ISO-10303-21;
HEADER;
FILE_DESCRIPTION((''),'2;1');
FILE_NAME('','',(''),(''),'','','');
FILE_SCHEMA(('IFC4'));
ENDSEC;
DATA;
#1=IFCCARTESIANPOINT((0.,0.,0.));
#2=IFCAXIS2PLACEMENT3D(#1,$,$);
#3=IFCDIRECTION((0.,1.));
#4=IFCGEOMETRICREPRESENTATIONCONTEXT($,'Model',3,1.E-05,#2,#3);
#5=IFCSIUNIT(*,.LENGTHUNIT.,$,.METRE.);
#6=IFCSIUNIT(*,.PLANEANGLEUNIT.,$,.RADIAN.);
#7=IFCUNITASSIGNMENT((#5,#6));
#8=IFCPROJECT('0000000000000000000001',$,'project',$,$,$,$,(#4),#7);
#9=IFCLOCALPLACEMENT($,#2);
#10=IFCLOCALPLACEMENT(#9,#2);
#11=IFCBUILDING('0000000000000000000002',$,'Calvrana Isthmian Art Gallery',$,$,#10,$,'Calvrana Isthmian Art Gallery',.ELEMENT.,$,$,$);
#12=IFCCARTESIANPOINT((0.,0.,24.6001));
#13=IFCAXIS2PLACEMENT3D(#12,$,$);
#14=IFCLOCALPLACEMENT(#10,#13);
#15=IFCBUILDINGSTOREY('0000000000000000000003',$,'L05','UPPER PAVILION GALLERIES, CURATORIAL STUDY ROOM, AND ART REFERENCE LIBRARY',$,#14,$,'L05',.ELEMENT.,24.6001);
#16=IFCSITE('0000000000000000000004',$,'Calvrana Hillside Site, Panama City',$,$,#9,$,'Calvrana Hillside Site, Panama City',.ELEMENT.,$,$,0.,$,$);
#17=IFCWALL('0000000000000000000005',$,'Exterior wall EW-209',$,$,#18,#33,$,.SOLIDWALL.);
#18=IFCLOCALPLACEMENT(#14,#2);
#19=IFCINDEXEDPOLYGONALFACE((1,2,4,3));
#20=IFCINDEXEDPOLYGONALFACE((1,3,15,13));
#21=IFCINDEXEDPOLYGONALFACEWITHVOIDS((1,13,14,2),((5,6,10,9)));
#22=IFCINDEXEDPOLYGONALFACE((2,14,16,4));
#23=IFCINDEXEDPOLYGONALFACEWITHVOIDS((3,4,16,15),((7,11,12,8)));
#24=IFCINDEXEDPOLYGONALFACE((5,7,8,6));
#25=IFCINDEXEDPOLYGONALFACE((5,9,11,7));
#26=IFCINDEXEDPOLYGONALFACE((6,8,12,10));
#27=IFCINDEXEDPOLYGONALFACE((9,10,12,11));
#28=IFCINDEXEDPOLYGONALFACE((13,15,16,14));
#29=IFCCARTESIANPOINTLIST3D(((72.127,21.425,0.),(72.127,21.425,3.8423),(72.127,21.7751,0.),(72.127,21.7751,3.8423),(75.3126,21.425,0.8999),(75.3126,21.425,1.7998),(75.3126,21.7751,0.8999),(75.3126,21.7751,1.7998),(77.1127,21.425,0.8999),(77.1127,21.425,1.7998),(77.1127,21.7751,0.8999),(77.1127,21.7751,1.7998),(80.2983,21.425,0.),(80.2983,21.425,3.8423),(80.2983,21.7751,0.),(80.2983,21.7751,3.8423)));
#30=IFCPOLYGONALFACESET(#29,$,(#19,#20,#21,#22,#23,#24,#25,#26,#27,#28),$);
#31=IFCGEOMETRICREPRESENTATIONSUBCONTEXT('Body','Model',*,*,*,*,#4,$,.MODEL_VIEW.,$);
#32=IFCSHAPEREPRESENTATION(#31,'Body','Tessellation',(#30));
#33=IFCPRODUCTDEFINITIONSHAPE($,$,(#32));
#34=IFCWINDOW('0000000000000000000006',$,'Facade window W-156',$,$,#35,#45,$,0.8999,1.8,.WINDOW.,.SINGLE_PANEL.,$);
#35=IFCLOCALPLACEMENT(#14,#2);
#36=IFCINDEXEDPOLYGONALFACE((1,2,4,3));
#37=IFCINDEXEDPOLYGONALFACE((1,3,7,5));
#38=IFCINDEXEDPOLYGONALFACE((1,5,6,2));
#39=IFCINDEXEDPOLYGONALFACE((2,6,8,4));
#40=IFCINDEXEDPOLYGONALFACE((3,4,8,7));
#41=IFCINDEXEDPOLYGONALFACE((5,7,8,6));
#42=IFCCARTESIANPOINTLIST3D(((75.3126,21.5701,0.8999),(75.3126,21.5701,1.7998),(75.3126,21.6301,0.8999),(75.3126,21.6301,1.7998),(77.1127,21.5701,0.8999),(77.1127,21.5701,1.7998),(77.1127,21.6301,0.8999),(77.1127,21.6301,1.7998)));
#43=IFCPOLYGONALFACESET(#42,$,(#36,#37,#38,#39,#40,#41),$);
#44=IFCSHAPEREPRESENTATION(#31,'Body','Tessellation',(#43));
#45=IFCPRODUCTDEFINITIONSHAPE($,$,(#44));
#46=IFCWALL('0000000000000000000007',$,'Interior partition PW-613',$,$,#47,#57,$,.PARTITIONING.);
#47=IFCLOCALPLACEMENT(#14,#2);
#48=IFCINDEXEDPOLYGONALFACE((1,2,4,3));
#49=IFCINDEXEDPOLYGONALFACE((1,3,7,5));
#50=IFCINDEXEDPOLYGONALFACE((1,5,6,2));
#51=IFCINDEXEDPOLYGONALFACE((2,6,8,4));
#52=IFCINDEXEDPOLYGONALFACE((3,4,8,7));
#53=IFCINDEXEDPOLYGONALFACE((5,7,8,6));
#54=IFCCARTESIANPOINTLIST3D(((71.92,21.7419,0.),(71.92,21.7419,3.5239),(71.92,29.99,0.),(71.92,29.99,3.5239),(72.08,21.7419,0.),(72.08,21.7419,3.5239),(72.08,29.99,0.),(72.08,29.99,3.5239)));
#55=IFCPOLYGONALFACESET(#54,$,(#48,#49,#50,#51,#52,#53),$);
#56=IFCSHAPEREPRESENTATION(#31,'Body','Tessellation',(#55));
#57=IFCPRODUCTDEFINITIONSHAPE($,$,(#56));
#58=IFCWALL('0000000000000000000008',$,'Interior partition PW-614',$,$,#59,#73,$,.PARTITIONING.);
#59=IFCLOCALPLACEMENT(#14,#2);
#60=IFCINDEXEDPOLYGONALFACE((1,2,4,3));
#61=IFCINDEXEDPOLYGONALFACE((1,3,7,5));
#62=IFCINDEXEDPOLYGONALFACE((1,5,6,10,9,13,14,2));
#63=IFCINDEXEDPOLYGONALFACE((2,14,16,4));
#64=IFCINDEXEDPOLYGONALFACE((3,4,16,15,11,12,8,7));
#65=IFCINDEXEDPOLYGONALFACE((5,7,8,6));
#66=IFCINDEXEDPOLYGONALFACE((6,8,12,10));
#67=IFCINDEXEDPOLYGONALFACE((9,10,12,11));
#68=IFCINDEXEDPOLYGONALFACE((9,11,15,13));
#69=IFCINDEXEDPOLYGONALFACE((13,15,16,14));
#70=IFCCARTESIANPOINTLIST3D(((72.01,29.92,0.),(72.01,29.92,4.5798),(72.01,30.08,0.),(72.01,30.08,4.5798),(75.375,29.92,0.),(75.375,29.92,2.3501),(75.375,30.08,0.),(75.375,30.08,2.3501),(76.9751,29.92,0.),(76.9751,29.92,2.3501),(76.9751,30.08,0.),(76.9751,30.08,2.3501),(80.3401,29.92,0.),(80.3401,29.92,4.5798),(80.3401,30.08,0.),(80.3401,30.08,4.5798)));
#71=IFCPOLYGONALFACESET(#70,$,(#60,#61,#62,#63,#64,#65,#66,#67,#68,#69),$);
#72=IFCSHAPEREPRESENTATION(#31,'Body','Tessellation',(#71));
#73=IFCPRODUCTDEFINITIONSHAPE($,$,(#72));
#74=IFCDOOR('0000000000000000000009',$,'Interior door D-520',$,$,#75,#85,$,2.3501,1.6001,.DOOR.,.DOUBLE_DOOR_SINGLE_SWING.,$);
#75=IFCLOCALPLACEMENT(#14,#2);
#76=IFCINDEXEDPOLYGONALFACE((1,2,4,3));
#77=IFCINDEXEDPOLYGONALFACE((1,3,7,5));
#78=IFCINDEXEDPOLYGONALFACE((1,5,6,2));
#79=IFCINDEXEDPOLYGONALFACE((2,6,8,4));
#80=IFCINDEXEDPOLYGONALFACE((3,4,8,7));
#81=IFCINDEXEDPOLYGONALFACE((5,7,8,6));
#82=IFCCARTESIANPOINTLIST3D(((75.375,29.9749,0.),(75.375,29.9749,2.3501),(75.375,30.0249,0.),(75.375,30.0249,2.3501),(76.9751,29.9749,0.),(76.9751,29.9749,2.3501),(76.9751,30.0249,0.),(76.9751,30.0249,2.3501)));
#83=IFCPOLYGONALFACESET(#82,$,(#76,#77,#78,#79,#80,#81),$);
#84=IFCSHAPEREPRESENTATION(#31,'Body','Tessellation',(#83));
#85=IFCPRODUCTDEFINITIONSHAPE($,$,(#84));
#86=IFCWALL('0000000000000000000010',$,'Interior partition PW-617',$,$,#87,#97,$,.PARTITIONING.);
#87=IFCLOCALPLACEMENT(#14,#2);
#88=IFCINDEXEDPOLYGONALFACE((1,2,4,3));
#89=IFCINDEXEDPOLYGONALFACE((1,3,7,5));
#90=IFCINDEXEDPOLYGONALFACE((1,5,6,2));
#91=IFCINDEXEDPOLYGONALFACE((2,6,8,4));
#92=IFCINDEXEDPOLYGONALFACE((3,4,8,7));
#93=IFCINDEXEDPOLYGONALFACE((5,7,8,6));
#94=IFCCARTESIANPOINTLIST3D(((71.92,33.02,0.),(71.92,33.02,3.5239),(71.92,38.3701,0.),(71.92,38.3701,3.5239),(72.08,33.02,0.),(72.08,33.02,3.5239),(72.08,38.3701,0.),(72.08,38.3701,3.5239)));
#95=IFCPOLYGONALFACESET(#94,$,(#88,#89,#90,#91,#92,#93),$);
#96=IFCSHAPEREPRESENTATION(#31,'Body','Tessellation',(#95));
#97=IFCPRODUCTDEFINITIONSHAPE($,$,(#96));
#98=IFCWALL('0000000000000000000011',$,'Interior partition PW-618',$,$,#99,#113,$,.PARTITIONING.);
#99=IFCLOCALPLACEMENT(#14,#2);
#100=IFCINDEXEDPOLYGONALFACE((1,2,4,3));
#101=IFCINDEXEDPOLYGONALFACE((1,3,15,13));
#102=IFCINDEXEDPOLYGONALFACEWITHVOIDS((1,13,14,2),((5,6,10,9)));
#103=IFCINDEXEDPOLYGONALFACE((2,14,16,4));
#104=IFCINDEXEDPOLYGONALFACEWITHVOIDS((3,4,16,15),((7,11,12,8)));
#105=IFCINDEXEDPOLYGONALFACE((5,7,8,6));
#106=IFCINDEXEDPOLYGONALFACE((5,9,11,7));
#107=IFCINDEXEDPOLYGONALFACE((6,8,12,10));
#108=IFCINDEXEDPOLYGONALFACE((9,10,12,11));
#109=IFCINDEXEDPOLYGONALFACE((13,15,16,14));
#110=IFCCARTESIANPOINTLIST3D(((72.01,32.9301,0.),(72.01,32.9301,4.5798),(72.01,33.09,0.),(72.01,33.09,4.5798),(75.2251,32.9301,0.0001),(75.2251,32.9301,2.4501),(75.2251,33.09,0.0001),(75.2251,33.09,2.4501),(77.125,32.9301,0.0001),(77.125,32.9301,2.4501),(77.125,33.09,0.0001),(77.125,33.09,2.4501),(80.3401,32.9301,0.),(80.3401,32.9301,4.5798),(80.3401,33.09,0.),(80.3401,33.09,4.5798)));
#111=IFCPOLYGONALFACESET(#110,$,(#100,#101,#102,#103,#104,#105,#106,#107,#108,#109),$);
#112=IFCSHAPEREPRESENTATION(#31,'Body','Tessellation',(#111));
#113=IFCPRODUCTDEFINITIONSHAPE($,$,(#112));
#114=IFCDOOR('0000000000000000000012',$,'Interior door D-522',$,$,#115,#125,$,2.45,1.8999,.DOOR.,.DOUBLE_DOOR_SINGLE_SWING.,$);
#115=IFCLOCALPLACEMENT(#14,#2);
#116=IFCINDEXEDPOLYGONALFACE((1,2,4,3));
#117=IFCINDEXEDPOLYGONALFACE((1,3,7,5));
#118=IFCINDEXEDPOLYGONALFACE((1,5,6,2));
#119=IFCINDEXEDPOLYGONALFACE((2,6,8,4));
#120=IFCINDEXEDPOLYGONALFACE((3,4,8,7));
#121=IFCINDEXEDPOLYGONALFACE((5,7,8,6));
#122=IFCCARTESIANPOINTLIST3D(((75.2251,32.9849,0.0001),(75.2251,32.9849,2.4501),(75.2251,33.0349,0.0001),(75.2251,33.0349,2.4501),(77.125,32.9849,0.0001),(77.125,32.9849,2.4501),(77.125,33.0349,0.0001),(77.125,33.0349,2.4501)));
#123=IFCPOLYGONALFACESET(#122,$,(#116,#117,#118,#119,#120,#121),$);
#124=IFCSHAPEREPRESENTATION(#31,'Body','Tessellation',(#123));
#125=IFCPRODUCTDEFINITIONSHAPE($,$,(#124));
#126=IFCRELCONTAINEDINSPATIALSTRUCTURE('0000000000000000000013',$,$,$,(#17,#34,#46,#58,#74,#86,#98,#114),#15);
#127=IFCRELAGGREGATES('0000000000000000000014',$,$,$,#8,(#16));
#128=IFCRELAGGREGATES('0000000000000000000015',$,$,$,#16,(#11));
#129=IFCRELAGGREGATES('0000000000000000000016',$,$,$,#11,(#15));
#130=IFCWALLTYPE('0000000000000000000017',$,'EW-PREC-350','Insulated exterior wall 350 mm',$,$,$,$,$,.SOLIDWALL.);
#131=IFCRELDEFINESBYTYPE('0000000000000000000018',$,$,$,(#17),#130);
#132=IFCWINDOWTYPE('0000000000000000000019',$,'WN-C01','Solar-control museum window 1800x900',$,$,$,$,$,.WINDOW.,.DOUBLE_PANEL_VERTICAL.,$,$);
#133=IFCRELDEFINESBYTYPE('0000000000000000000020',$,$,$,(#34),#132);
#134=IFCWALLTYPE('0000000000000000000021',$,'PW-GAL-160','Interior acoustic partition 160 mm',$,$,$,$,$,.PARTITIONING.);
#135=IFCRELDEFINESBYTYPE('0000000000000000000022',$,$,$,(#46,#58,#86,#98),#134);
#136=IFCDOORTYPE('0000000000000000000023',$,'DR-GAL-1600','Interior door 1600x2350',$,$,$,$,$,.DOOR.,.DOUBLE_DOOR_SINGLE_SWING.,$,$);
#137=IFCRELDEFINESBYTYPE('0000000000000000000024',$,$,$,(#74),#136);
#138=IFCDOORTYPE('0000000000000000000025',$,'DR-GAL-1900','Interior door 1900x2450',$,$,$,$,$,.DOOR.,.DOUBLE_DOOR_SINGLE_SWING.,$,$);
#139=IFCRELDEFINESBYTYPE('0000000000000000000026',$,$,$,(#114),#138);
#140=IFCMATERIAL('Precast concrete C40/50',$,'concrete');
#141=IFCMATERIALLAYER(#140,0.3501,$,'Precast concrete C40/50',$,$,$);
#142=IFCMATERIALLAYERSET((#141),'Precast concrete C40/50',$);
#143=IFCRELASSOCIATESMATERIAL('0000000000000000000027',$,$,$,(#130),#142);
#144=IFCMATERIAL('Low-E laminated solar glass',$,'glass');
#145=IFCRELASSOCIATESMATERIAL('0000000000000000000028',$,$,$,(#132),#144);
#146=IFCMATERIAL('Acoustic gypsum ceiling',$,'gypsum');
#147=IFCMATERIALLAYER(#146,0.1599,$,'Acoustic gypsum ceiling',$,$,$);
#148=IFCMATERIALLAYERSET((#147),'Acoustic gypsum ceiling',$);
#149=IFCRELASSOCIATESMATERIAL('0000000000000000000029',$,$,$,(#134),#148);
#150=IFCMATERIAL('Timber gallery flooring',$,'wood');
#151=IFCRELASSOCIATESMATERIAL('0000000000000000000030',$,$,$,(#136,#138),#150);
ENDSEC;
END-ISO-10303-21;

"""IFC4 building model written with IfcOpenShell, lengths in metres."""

from ifc_helpers import new_model, si_unit, direction, frame, frame_2d, origin, place, context, subcontext, project, spatial, rectangle, extrude, material, layer, layer_set, type_object, element, fill, save


model = new_model("IFC4")

# Units and contexts
model_context = context("Model", 3, precision=1e-05, world=origin(), true_north=direction((0.0, 1.0)))
body_context = subcontext(model_context, "Body", "Model", "MODEL_VIEW")
ifc_project = project(units=[si_unit("LENGTHUNIT", "METRE"), si_unit("PLANEANGLEUNIT", "RADIAN")], contexts=[model_context])

# Site, building, storey
site_placement = place(None, origin())
site = spatial("IfcSite", under=ifc_project, at=site_placement, Name="Calvrana Hillside Site, Panama City", LongName="Calvrana Hillside Site, Panama City", CompositionType="ELEMENT", RefElevation=0.0)
building_placement = place(site_placement, origin())
building = spatial("IfcBuilding", under=site, at=building_placement, Name="Calvrana Isthmian Art Gallery", LongName="Calvrana Isthmian Art Gallery", CompositionType="ELEMENT")
storey_placement = place(building_placement, frame((0.0, 0.0, 24.6001)))
storey = spatial("IfcBuildingStorey", under=building, at=storey_placement, Name="L05", Description="UPPER PAVILION GALLERIES, CURATORIAL STUDY ROOM, AND ART REFERENCE LIBRARY", LongName="L05", CompositionType="ELEMENT", Elevation=24.6001)

# Wall, opening, window
ifc_material_1 = material(Name="Low-E laminated solar glass", Category="glass")
ifc_material_2 = material(Name="Precast concrete C40/50", Category="concrete")
ifc_layer_1 = layer(ifc_material_2, 0.3501, Name="Precast concrete C40/50")
ifc_layer_set_1 = layer_set([ifc_layer_1], Name="Precast concrete C40/50")
wall_type_1 = type_object("IfcWallType", Name="EW-PREC-350", Description="Insulated exterior wall 350 mm", PredefinedType="SOLIDWALL", material=ifc_layer_set_1)
wall_1_placement = place(storey_placement, frame((80.2983, 21.6001, 0.0), z_axis=(0.0, 0.0, 1.0), x_axis=(-1.0, 0.0, 0.0)))
wall_1 = element("IfcWall", 1, at=wall_1_placement, inside=storey, type_object=wall_type_1, Name="Exterior wall EW-209", PredefinedType="SOLIDWALL", context=body_context, shape_type="SweptSolid", body=[
    extrude(rectangle(XDim=8.1714, YDim=0.3501, at=frame_2d((4.0857, 0.0))), origin(), (0.0, 0.0, 1.0), 3.8423),
])
opening_1_placement = place(wall_1_placement, frame((3.1858, 0.0, 0.8999)))
opening_1 = element("IfcOpeningElement", 2, at=opening_1_placement, cuts=wall_1, PredefinedType="OPENING", context=body_context, shape_type="SweptSolid", body=[
    extrude(rectangle(XDim=1.8, YDim=0.8999, at=frame_2d((0.8999, 0.45))), frame((0.0, 0.1853, 0.0), z_axis=(0.0, -1.0, 0.0), x_axis=(1.0, 0.0, 0.0)), (0.0, 0.0, 1.0), 0.3706),
])
window_type_1 = type_object("IfcWindowType", Name="WN-C01", Description="Solar-control museum window 1800x900", PartitioningType="DOUBLE_PANEL_VERTICAL", PredefinedType="WINDOW", material=ifc_material_1)
window_1_placement = place(opening_1_placement, origin())
window_1 = element("IfcWindow", 3, at=window_1_placement, inside=storey, type_object=window_type_1, Name="Facade window W-156", OverallHeight=0.8999, OverallWidth=1.8, PartitioningType="SINGLE_PANEL", PredefinedType="WINDOW", context=body_context, shape_type="SweptSolid", body=[
    extrude(rectangle(XDim=1.8, YDim=0.8999, at=frame_2d((0.8999, 0.45))), frame((0.0, 0.03, 0.0), z_axis=(0.0, -1.0, 0.0), x_axis=(1.0, 0.0, 0.0)), (0.0, 0.0, 1.0), 0.0601),
])
fill(opening_1, window_1)

# Wall
ifc_material_3 = material(Name="Acoustic gypsum ceiling", Category="gypsum")
ifc_layer_2 = layer(ifc_material_3, 0.1599, Name="Acoustic gypsum ceiling")
ifc_layer_set_2 = layer_set([ifc_layer_2], Name="Acoustic gypsum ceiling")
wall_type_2 = type_object("IfcWallType", Name="PW-GAL-160", Description="Interior acoustic partition 160 mm", PredefinedType="PARTITIONING", material=ifc_layer_set_2)
wall_2_placement = place(storey_placement, frame((72.0, 21.7419, 0.0), z_axis=(0.0, 0.0, 1.0), x_axis=(0.0, 1.0, 0.0)))
element("IfcWall", 4, at=wall_2_placement, inside=storey, type_object=wall_type_2, Name="Interior partition PW-613", PredefinedType="PARTITIONING", context=body_context, shape_type="SweptSolid", body=[
    extrude(rectangle(XDim=8.248, YDim=0.1599, at=frame_2d((4.124, 0.0))), origin(), (0.0, 0.0, 1.0), 3.5239),
])

# Wall, opening, door
wall_3_placement = place(storey_placement, frame((72.01, 30.0, 0.0), z_axis=(0.0, 0.0, 1.0), x_axis=(1.0, 0.0, 0.0)))
wall_3 = element("IfcWall", 5, at=wall_3_placement, inside=storey, type_object=wall_type_2, Name="Interior partition PW-614", PredefinedType="PARTITIONING", context=body_context, shape_type="SweptSolid", body=[
    extrude(rectangle(XDim=8.3301, YDim=0.1599, at=frame_2d((4.165, 0.0))), origin(), (0.0, 0.0, 1.0), 4.5798),
])
opening_2_placement = place(wall_3_placement, frame((3.365, 0.0, 0.0)))
opening_2 = element("IfcOpeningElement", 6, at=opening_2_placement, cuts=wall_3, PredefinedType="OPENING", context=body_context, shape_type="SweptSolid", body=[
    extrude(rectangle(XDim=1.6001, YDim=2.3501, at=frame_2d((0.8, 1.175))), frame((0.0, 0.0903, 0.0), z_axis=(0.0, -1.0, 0.0), x_axis=(1.0, 0.0, 0.0)), (0.0, 0.0, 1.0), 0.1804),
])
ifc_material_4 = material(Name="Timber gallery flooring", Category="wood")
door_type_1 = type_object("IfcDoorType", Name="DR-GAL-1600", Description="Interior door 1600x2350", OperationType="DOUBLE_DOOR_SINGLE_SWING", PredefinedType="DOOR", material=ifc_material_4)
door_1_placement = place(opening_2_placement, origin())
door_1 = element("IfcDoor", 7, at=door_1_placement, inside=storey, type_object=door_type_1, Name="Interior door D-520", OperationType="DOUBLE_DOOR_SINGLE_SWING", OverallHeight=2.3501, OverallWidth=1.6001, PredefinedType="DOOR", context=body_context, shape_type="SweptSolid", body=[
    extrude(rectangle(XDim=1.6001, YDim=2.3501, at=frame_2d((0.8, 1.175))), frame((0.0, 0.0249, 0.0), z_axis=(0.0, -1.0, 0.0), x_axis=(1.0, 0.0, 0.0)), (0.0, 0.0, 1.0), 0.05),
])
fill(opening_2, door_1)

# Wall
wall_4_placement = place(storey_placement, frame((72.0, 33.02, 0.0), z_axis=(0.0, 0.0, 1.0), x_axis=(0.0, 1.0, 0.0)))
element("IfcWall", 8, at=wall_4_placement, inside=storey, type_object=wall_type_2, Name="Interior partition PW-617", PredefinedType="PARTITIONING", context=body_context, shape_type="SweptSolid", body=[
    extrude(rectangle(XDim=5.3501, YDim=0.1599, at=frame_2d((2.675, 0.0))), origin(), (0.0, 0.0, 1.0), 3.5239),
])

# Wall, opening, door
wall_5_placement = place(storey_placement, frame((72.01, 33.01, 0.0), z_axis=(0.0, 0.0, 1.0), x_axis=(1.0, 0.0, 0.0)))
wall_5 = element("IfcWall", 9, at=wall_5_placement, inside=storey, type_object=wall_type_2, Name="Interior partition PW-618", PredefinedType="PARTITIONING", context=body_context, shape_type="SweptSolid", body=[
    extrude(rectangle(XDim=8.3301, YDim=0.1599, at=frame_2d((4.165, 0.0))), origin(), (0.0, 0.0, 1.0), 4.5798),
])
opening_3_placement = place(wall_5_placement, frame((3.2151, 0.0, 0.0)))
opening_3 = element("IfcOpeningElement", 10, at=opening_3_placement, cuts=wall_5, PredefinedType="OPENING", context=body_context, shape_type="SweptSolid", body=[
    extrude(rectangle(XDim=1.8999, YDim=2.45, at=frame_2d((0.95, 1.2251))), frame((0.0, 0.0903, 0.0), z_axis=(0.0, -1.0, 0.0), x_axis=(1.0, 0.0, 0.0)), (0.0, 0.0, 1.0), 0.1804),
])
door_type_2 = type_object("IfcDoorType", Name="DR-GAL-1900", Description="Interior door 1900x2450", OperationType="DOUBLE_DOOR_SINGLE_SWING", PredefinedType="DOOR", material=ifc_material_4)
door_2_placement = place(opening_3_placement, origin())
door_2 = element("IfcDoor", 11, at=door_2_placement, inside=storey, type_object=door_type_2, Name="Interior door D-522", OperationType="DOUBLE_DOOR_SINGLE_SWING", OverallHeight=2.45, OverallWidth=1.8999, PredefinedType="DOOR", context=body_context, shape_type="SweptSolid", body=[
    extrude(rectangle(XDim=1.8999, YDim=2.45, at=frame_2d((0.95, 1.2251))), frame((0.0, 0.0249, 0.0), z_axis=(0.0, -1.0, 0.0), x_axis=(1.0, 0.0, 0.0)), (0.0, 0.0, 1.0), 0.05),
])
fill(opening_3, door_2)

save(model, "model.ifc")
